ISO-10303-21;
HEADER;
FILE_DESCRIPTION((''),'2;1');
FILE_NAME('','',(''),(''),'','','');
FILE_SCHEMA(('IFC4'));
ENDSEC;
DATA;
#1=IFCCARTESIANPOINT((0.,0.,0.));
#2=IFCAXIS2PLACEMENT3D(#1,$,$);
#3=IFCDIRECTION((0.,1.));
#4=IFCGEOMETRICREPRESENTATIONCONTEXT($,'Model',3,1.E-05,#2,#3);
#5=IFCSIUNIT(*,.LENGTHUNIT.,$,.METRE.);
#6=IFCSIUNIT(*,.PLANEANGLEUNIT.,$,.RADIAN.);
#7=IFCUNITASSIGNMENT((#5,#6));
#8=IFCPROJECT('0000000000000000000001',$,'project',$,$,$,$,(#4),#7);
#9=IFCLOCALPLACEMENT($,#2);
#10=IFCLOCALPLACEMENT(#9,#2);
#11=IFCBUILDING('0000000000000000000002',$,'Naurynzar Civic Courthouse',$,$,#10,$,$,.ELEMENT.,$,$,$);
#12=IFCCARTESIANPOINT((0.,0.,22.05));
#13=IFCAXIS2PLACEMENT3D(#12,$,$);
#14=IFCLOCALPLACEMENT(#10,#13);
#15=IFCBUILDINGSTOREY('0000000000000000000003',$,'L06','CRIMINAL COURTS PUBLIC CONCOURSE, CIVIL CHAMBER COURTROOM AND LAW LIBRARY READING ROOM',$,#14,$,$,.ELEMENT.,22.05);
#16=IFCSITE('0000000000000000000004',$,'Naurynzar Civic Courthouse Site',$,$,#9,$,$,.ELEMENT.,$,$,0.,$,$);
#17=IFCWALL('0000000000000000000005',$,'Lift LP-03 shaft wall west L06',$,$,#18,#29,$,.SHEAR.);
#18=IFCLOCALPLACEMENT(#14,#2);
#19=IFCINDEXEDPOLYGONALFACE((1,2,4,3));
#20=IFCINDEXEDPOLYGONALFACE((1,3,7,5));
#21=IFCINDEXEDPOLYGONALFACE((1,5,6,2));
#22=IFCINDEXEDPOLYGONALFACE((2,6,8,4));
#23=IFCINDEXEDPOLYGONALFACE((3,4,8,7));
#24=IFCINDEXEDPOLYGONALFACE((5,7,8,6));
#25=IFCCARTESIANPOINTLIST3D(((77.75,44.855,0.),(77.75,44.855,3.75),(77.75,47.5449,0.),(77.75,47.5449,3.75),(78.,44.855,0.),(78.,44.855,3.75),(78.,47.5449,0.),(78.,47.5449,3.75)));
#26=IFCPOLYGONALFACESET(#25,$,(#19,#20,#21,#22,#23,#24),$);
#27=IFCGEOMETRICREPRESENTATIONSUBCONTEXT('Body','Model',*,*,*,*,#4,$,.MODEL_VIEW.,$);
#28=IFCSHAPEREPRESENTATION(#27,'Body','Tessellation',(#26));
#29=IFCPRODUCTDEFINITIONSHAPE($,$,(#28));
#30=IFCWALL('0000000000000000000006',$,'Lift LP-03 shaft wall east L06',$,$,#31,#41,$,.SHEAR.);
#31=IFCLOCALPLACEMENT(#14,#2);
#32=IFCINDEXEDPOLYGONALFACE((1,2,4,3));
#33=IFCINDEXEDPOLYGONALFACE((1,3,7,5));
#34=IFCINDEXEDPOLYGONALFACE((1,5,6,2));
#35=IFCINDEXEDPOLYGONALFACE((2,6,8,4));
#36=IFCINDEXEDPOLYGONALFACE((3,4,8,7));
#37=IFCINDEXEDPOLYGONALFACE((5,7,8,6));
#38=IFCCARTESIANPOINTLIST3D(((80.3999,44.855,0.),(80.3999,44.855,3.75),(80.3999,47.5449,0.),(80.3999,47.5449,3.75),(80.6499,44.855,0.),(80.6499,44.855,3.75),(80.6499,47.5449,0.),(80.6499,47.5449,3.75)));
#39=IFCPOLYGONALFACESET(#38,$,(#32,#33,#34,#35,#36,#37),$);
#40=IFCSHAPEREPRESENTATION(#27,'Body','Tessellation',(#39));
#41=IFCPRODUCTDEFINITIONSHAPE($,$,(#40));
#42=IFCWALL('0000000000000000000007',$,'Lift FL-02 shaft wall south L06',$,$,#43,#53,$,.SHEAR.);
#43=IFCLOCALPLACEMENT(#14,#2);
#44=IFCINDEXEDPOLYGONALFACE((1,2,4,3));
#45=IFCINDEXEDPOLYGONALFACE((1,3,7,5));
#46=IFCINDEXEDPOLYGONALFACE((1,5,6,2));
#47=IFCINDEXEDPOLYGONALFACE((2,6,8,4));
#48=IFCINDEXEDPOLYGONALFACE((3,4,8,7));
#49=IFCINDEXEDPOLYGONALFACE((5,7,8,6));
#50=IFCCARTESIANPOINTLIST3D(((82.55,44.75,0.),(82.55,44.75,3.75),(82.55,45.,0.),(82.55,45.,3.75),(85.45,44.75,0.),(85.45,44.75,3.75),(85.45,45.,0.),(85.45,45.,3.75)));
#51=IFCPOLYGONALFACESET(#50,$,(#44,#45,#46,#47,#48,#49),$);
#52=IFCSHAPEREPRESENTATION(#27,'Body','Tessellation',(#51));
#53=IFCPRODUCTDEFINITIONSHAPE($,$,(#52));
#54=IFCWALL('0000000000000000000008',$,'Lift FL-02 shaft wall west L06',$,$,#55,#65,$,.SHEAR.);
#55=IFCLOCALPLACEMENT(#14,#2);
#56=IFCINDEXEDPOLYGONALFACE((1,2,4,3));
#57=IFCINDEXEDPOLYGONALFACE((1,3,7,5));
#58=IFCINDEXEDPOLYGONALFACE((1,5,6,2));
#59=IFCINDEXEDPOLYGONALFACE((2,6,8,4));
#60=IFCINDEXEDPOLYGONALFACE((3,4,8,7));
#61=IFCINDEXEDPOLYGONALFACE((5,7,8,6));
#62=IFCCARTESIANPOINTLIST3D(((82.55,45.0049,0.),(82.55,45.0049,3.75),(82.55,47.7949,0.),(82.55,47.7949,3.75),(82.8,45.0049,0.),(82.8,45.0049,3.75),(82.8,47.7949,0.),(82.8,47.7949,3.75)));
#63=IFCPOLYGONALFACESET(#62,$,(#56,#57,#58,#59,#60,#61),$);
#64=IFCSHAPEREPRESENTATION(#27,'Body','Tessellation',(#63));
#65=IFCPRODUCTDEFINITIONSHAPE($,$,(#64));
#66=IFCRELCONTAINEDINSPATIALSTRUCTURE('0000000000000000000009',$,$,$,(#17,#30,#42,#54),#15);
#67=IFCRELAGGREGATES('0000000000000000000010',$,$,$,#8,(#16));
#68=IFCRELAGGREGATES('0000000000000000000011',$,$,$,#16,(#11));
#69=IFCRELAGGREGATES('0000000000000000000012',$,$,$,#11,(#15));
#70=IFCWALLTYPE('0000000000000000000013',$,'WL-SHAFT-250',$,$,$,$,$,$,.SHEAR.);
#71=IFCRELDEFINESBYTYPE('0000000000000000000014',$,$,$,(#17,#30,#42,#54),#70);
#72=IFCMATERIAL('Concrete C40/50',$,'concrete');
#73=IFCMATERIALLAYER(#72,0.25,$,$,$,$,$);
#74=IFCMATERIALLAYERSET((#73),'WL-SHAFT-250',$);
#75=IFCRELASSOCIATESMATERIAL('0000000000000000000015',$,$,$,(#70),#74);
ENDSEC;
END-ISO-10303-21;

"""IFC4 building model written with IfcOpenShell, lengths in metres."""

from ifc_helpers import new_model, si_unit, direction, frame, frame_2d, origin, place, context, subcontext, project, spatial, rectangle, extrude, material, layer, layer_set, type_object, element, save


model = new_model("IFC4")

# Units and contexts
model_context = context("Model", 3, precision=1e-05, world=origin(), true_north=direction((0.0, 1.0)))
body_context = subcontext(model_context, "Body", "Model", "MODEL_VIEW")
ifc_project = project(units=[si_unit("LENGTHUNIT", "METRE"), si_unit("PLANEANGLEUNIT", "RADIAN")], contexts=[model_context])

# Site, building, storey
site_placement = place(None, origin())
site = spatial("IfcSite", under=ifc_project, at=site_placement, Name="Naurynzar Civic Courthouse Site", CompositionType="ELEMENT", RefElevation=0.0)
building_placement = place(site_placement, origin())
building = spatial("IfcBuilding", under=site, at=building_placement, Name="Naurynzar Civic Courthouse", CompositionType="ELEMENT")
storey_placement = place(building_placement, frame((0.0, 0.0, 22.05)))
storey = spatial("IfcBuildingStorey", under=building, at=storey_placement, Name="L06", Description="CRIMINAL COURTS PUBLIC CONCOURSE, CIVIL CHAMBER COURTROOM AND LAW LIBRARY READING ROOM", CompositionType="ELEMENT", Elevation=22.05)

# Shared definitions
ifc_material_1 = material(Name="Concrete C40/50", Category="concrete")
ifc_layer_1 = layer(ifc_material_1, 0.25)
ifc_layer_set_1 = layer_set([ifc_layer_1], Name="WL-SHAFT-250")
wall_type_1 = type_object("IfcWallType", Name="WL-SHAFT-250", PredefinedType="SHEAR", material=ifc_layer_set_1)

# Walls
for number, where, z_axis, x_axis, name in (
    (1, (77.875, 47.5449, 0.0), (0.0, 0.0, 1.0), (0.0, -1.0, 0.0), "Lift LP-03 shaft wall west L06"),
    (2, (80.5249, 44.855, 0.0), (0.0, 0.0, 1.0), (0.0, 1.0, 0.0), "Lift LP-03 shaft wall east L06"),
):
    element("IfcWall", number, at=place(storey_placement, frame(where, z_axis=z_axis, x_axis=x_axis)), inside=storey, type_object=wall_type_1, Name=name, PredefinedType="SHEAR", context=body_context, shape_type="SweptSolid", body=[
        extrude(rectangle(XDim=2.6899, YDim=0.25, at=frame_2d((1.345, 0.0))), origin(), (0.0, 0.0, 1.0), 3.75),
    ])
wall_1_placement = place(storey_placement, frame((82.55, 44.875, 0.0), z_axis=(0.0, 0.0, 1.0), x_axis=(1.0, 0.0, 0.0)))
element("IfcWall", 3, at=wall_1_placement, inside=storey, type_object=wall_type_1, Name="Lift FL-02 shaft wall south L06", PredefinedType="SHEAR", context=body_context, shape_type="SweptSolid", body=[
    extrude(rectangle(XDim=2.8999, YDim=0.25, at=frame_2d((1.45, 0.0))), origin(), (0.0, 0.0, 1.0), 3.75),
])
wall_2_placement = place(storey_placement, frame((82.675, 47.7949, 0.0), z_axis=(0.0, 0.0, 1.0), x_axis=(0.0, -1.0, 0.0)))
element("IfcWall", 4, at=wall_2_placement, inside=storey, type_object=wall_type_1, Name="Lift FL-02 shaft wall west L06", PredefinedType="SHEAR", context=body_context, shape_type="SweptSolid", body=[
    extrude(rectangle(XDim=2.79, YDim=0.25, at=frame_2d((1.395, 0.0))), origin(), (0.0, 0.0, 1.0), 3.75),
])

save(model, "model.ifc")
